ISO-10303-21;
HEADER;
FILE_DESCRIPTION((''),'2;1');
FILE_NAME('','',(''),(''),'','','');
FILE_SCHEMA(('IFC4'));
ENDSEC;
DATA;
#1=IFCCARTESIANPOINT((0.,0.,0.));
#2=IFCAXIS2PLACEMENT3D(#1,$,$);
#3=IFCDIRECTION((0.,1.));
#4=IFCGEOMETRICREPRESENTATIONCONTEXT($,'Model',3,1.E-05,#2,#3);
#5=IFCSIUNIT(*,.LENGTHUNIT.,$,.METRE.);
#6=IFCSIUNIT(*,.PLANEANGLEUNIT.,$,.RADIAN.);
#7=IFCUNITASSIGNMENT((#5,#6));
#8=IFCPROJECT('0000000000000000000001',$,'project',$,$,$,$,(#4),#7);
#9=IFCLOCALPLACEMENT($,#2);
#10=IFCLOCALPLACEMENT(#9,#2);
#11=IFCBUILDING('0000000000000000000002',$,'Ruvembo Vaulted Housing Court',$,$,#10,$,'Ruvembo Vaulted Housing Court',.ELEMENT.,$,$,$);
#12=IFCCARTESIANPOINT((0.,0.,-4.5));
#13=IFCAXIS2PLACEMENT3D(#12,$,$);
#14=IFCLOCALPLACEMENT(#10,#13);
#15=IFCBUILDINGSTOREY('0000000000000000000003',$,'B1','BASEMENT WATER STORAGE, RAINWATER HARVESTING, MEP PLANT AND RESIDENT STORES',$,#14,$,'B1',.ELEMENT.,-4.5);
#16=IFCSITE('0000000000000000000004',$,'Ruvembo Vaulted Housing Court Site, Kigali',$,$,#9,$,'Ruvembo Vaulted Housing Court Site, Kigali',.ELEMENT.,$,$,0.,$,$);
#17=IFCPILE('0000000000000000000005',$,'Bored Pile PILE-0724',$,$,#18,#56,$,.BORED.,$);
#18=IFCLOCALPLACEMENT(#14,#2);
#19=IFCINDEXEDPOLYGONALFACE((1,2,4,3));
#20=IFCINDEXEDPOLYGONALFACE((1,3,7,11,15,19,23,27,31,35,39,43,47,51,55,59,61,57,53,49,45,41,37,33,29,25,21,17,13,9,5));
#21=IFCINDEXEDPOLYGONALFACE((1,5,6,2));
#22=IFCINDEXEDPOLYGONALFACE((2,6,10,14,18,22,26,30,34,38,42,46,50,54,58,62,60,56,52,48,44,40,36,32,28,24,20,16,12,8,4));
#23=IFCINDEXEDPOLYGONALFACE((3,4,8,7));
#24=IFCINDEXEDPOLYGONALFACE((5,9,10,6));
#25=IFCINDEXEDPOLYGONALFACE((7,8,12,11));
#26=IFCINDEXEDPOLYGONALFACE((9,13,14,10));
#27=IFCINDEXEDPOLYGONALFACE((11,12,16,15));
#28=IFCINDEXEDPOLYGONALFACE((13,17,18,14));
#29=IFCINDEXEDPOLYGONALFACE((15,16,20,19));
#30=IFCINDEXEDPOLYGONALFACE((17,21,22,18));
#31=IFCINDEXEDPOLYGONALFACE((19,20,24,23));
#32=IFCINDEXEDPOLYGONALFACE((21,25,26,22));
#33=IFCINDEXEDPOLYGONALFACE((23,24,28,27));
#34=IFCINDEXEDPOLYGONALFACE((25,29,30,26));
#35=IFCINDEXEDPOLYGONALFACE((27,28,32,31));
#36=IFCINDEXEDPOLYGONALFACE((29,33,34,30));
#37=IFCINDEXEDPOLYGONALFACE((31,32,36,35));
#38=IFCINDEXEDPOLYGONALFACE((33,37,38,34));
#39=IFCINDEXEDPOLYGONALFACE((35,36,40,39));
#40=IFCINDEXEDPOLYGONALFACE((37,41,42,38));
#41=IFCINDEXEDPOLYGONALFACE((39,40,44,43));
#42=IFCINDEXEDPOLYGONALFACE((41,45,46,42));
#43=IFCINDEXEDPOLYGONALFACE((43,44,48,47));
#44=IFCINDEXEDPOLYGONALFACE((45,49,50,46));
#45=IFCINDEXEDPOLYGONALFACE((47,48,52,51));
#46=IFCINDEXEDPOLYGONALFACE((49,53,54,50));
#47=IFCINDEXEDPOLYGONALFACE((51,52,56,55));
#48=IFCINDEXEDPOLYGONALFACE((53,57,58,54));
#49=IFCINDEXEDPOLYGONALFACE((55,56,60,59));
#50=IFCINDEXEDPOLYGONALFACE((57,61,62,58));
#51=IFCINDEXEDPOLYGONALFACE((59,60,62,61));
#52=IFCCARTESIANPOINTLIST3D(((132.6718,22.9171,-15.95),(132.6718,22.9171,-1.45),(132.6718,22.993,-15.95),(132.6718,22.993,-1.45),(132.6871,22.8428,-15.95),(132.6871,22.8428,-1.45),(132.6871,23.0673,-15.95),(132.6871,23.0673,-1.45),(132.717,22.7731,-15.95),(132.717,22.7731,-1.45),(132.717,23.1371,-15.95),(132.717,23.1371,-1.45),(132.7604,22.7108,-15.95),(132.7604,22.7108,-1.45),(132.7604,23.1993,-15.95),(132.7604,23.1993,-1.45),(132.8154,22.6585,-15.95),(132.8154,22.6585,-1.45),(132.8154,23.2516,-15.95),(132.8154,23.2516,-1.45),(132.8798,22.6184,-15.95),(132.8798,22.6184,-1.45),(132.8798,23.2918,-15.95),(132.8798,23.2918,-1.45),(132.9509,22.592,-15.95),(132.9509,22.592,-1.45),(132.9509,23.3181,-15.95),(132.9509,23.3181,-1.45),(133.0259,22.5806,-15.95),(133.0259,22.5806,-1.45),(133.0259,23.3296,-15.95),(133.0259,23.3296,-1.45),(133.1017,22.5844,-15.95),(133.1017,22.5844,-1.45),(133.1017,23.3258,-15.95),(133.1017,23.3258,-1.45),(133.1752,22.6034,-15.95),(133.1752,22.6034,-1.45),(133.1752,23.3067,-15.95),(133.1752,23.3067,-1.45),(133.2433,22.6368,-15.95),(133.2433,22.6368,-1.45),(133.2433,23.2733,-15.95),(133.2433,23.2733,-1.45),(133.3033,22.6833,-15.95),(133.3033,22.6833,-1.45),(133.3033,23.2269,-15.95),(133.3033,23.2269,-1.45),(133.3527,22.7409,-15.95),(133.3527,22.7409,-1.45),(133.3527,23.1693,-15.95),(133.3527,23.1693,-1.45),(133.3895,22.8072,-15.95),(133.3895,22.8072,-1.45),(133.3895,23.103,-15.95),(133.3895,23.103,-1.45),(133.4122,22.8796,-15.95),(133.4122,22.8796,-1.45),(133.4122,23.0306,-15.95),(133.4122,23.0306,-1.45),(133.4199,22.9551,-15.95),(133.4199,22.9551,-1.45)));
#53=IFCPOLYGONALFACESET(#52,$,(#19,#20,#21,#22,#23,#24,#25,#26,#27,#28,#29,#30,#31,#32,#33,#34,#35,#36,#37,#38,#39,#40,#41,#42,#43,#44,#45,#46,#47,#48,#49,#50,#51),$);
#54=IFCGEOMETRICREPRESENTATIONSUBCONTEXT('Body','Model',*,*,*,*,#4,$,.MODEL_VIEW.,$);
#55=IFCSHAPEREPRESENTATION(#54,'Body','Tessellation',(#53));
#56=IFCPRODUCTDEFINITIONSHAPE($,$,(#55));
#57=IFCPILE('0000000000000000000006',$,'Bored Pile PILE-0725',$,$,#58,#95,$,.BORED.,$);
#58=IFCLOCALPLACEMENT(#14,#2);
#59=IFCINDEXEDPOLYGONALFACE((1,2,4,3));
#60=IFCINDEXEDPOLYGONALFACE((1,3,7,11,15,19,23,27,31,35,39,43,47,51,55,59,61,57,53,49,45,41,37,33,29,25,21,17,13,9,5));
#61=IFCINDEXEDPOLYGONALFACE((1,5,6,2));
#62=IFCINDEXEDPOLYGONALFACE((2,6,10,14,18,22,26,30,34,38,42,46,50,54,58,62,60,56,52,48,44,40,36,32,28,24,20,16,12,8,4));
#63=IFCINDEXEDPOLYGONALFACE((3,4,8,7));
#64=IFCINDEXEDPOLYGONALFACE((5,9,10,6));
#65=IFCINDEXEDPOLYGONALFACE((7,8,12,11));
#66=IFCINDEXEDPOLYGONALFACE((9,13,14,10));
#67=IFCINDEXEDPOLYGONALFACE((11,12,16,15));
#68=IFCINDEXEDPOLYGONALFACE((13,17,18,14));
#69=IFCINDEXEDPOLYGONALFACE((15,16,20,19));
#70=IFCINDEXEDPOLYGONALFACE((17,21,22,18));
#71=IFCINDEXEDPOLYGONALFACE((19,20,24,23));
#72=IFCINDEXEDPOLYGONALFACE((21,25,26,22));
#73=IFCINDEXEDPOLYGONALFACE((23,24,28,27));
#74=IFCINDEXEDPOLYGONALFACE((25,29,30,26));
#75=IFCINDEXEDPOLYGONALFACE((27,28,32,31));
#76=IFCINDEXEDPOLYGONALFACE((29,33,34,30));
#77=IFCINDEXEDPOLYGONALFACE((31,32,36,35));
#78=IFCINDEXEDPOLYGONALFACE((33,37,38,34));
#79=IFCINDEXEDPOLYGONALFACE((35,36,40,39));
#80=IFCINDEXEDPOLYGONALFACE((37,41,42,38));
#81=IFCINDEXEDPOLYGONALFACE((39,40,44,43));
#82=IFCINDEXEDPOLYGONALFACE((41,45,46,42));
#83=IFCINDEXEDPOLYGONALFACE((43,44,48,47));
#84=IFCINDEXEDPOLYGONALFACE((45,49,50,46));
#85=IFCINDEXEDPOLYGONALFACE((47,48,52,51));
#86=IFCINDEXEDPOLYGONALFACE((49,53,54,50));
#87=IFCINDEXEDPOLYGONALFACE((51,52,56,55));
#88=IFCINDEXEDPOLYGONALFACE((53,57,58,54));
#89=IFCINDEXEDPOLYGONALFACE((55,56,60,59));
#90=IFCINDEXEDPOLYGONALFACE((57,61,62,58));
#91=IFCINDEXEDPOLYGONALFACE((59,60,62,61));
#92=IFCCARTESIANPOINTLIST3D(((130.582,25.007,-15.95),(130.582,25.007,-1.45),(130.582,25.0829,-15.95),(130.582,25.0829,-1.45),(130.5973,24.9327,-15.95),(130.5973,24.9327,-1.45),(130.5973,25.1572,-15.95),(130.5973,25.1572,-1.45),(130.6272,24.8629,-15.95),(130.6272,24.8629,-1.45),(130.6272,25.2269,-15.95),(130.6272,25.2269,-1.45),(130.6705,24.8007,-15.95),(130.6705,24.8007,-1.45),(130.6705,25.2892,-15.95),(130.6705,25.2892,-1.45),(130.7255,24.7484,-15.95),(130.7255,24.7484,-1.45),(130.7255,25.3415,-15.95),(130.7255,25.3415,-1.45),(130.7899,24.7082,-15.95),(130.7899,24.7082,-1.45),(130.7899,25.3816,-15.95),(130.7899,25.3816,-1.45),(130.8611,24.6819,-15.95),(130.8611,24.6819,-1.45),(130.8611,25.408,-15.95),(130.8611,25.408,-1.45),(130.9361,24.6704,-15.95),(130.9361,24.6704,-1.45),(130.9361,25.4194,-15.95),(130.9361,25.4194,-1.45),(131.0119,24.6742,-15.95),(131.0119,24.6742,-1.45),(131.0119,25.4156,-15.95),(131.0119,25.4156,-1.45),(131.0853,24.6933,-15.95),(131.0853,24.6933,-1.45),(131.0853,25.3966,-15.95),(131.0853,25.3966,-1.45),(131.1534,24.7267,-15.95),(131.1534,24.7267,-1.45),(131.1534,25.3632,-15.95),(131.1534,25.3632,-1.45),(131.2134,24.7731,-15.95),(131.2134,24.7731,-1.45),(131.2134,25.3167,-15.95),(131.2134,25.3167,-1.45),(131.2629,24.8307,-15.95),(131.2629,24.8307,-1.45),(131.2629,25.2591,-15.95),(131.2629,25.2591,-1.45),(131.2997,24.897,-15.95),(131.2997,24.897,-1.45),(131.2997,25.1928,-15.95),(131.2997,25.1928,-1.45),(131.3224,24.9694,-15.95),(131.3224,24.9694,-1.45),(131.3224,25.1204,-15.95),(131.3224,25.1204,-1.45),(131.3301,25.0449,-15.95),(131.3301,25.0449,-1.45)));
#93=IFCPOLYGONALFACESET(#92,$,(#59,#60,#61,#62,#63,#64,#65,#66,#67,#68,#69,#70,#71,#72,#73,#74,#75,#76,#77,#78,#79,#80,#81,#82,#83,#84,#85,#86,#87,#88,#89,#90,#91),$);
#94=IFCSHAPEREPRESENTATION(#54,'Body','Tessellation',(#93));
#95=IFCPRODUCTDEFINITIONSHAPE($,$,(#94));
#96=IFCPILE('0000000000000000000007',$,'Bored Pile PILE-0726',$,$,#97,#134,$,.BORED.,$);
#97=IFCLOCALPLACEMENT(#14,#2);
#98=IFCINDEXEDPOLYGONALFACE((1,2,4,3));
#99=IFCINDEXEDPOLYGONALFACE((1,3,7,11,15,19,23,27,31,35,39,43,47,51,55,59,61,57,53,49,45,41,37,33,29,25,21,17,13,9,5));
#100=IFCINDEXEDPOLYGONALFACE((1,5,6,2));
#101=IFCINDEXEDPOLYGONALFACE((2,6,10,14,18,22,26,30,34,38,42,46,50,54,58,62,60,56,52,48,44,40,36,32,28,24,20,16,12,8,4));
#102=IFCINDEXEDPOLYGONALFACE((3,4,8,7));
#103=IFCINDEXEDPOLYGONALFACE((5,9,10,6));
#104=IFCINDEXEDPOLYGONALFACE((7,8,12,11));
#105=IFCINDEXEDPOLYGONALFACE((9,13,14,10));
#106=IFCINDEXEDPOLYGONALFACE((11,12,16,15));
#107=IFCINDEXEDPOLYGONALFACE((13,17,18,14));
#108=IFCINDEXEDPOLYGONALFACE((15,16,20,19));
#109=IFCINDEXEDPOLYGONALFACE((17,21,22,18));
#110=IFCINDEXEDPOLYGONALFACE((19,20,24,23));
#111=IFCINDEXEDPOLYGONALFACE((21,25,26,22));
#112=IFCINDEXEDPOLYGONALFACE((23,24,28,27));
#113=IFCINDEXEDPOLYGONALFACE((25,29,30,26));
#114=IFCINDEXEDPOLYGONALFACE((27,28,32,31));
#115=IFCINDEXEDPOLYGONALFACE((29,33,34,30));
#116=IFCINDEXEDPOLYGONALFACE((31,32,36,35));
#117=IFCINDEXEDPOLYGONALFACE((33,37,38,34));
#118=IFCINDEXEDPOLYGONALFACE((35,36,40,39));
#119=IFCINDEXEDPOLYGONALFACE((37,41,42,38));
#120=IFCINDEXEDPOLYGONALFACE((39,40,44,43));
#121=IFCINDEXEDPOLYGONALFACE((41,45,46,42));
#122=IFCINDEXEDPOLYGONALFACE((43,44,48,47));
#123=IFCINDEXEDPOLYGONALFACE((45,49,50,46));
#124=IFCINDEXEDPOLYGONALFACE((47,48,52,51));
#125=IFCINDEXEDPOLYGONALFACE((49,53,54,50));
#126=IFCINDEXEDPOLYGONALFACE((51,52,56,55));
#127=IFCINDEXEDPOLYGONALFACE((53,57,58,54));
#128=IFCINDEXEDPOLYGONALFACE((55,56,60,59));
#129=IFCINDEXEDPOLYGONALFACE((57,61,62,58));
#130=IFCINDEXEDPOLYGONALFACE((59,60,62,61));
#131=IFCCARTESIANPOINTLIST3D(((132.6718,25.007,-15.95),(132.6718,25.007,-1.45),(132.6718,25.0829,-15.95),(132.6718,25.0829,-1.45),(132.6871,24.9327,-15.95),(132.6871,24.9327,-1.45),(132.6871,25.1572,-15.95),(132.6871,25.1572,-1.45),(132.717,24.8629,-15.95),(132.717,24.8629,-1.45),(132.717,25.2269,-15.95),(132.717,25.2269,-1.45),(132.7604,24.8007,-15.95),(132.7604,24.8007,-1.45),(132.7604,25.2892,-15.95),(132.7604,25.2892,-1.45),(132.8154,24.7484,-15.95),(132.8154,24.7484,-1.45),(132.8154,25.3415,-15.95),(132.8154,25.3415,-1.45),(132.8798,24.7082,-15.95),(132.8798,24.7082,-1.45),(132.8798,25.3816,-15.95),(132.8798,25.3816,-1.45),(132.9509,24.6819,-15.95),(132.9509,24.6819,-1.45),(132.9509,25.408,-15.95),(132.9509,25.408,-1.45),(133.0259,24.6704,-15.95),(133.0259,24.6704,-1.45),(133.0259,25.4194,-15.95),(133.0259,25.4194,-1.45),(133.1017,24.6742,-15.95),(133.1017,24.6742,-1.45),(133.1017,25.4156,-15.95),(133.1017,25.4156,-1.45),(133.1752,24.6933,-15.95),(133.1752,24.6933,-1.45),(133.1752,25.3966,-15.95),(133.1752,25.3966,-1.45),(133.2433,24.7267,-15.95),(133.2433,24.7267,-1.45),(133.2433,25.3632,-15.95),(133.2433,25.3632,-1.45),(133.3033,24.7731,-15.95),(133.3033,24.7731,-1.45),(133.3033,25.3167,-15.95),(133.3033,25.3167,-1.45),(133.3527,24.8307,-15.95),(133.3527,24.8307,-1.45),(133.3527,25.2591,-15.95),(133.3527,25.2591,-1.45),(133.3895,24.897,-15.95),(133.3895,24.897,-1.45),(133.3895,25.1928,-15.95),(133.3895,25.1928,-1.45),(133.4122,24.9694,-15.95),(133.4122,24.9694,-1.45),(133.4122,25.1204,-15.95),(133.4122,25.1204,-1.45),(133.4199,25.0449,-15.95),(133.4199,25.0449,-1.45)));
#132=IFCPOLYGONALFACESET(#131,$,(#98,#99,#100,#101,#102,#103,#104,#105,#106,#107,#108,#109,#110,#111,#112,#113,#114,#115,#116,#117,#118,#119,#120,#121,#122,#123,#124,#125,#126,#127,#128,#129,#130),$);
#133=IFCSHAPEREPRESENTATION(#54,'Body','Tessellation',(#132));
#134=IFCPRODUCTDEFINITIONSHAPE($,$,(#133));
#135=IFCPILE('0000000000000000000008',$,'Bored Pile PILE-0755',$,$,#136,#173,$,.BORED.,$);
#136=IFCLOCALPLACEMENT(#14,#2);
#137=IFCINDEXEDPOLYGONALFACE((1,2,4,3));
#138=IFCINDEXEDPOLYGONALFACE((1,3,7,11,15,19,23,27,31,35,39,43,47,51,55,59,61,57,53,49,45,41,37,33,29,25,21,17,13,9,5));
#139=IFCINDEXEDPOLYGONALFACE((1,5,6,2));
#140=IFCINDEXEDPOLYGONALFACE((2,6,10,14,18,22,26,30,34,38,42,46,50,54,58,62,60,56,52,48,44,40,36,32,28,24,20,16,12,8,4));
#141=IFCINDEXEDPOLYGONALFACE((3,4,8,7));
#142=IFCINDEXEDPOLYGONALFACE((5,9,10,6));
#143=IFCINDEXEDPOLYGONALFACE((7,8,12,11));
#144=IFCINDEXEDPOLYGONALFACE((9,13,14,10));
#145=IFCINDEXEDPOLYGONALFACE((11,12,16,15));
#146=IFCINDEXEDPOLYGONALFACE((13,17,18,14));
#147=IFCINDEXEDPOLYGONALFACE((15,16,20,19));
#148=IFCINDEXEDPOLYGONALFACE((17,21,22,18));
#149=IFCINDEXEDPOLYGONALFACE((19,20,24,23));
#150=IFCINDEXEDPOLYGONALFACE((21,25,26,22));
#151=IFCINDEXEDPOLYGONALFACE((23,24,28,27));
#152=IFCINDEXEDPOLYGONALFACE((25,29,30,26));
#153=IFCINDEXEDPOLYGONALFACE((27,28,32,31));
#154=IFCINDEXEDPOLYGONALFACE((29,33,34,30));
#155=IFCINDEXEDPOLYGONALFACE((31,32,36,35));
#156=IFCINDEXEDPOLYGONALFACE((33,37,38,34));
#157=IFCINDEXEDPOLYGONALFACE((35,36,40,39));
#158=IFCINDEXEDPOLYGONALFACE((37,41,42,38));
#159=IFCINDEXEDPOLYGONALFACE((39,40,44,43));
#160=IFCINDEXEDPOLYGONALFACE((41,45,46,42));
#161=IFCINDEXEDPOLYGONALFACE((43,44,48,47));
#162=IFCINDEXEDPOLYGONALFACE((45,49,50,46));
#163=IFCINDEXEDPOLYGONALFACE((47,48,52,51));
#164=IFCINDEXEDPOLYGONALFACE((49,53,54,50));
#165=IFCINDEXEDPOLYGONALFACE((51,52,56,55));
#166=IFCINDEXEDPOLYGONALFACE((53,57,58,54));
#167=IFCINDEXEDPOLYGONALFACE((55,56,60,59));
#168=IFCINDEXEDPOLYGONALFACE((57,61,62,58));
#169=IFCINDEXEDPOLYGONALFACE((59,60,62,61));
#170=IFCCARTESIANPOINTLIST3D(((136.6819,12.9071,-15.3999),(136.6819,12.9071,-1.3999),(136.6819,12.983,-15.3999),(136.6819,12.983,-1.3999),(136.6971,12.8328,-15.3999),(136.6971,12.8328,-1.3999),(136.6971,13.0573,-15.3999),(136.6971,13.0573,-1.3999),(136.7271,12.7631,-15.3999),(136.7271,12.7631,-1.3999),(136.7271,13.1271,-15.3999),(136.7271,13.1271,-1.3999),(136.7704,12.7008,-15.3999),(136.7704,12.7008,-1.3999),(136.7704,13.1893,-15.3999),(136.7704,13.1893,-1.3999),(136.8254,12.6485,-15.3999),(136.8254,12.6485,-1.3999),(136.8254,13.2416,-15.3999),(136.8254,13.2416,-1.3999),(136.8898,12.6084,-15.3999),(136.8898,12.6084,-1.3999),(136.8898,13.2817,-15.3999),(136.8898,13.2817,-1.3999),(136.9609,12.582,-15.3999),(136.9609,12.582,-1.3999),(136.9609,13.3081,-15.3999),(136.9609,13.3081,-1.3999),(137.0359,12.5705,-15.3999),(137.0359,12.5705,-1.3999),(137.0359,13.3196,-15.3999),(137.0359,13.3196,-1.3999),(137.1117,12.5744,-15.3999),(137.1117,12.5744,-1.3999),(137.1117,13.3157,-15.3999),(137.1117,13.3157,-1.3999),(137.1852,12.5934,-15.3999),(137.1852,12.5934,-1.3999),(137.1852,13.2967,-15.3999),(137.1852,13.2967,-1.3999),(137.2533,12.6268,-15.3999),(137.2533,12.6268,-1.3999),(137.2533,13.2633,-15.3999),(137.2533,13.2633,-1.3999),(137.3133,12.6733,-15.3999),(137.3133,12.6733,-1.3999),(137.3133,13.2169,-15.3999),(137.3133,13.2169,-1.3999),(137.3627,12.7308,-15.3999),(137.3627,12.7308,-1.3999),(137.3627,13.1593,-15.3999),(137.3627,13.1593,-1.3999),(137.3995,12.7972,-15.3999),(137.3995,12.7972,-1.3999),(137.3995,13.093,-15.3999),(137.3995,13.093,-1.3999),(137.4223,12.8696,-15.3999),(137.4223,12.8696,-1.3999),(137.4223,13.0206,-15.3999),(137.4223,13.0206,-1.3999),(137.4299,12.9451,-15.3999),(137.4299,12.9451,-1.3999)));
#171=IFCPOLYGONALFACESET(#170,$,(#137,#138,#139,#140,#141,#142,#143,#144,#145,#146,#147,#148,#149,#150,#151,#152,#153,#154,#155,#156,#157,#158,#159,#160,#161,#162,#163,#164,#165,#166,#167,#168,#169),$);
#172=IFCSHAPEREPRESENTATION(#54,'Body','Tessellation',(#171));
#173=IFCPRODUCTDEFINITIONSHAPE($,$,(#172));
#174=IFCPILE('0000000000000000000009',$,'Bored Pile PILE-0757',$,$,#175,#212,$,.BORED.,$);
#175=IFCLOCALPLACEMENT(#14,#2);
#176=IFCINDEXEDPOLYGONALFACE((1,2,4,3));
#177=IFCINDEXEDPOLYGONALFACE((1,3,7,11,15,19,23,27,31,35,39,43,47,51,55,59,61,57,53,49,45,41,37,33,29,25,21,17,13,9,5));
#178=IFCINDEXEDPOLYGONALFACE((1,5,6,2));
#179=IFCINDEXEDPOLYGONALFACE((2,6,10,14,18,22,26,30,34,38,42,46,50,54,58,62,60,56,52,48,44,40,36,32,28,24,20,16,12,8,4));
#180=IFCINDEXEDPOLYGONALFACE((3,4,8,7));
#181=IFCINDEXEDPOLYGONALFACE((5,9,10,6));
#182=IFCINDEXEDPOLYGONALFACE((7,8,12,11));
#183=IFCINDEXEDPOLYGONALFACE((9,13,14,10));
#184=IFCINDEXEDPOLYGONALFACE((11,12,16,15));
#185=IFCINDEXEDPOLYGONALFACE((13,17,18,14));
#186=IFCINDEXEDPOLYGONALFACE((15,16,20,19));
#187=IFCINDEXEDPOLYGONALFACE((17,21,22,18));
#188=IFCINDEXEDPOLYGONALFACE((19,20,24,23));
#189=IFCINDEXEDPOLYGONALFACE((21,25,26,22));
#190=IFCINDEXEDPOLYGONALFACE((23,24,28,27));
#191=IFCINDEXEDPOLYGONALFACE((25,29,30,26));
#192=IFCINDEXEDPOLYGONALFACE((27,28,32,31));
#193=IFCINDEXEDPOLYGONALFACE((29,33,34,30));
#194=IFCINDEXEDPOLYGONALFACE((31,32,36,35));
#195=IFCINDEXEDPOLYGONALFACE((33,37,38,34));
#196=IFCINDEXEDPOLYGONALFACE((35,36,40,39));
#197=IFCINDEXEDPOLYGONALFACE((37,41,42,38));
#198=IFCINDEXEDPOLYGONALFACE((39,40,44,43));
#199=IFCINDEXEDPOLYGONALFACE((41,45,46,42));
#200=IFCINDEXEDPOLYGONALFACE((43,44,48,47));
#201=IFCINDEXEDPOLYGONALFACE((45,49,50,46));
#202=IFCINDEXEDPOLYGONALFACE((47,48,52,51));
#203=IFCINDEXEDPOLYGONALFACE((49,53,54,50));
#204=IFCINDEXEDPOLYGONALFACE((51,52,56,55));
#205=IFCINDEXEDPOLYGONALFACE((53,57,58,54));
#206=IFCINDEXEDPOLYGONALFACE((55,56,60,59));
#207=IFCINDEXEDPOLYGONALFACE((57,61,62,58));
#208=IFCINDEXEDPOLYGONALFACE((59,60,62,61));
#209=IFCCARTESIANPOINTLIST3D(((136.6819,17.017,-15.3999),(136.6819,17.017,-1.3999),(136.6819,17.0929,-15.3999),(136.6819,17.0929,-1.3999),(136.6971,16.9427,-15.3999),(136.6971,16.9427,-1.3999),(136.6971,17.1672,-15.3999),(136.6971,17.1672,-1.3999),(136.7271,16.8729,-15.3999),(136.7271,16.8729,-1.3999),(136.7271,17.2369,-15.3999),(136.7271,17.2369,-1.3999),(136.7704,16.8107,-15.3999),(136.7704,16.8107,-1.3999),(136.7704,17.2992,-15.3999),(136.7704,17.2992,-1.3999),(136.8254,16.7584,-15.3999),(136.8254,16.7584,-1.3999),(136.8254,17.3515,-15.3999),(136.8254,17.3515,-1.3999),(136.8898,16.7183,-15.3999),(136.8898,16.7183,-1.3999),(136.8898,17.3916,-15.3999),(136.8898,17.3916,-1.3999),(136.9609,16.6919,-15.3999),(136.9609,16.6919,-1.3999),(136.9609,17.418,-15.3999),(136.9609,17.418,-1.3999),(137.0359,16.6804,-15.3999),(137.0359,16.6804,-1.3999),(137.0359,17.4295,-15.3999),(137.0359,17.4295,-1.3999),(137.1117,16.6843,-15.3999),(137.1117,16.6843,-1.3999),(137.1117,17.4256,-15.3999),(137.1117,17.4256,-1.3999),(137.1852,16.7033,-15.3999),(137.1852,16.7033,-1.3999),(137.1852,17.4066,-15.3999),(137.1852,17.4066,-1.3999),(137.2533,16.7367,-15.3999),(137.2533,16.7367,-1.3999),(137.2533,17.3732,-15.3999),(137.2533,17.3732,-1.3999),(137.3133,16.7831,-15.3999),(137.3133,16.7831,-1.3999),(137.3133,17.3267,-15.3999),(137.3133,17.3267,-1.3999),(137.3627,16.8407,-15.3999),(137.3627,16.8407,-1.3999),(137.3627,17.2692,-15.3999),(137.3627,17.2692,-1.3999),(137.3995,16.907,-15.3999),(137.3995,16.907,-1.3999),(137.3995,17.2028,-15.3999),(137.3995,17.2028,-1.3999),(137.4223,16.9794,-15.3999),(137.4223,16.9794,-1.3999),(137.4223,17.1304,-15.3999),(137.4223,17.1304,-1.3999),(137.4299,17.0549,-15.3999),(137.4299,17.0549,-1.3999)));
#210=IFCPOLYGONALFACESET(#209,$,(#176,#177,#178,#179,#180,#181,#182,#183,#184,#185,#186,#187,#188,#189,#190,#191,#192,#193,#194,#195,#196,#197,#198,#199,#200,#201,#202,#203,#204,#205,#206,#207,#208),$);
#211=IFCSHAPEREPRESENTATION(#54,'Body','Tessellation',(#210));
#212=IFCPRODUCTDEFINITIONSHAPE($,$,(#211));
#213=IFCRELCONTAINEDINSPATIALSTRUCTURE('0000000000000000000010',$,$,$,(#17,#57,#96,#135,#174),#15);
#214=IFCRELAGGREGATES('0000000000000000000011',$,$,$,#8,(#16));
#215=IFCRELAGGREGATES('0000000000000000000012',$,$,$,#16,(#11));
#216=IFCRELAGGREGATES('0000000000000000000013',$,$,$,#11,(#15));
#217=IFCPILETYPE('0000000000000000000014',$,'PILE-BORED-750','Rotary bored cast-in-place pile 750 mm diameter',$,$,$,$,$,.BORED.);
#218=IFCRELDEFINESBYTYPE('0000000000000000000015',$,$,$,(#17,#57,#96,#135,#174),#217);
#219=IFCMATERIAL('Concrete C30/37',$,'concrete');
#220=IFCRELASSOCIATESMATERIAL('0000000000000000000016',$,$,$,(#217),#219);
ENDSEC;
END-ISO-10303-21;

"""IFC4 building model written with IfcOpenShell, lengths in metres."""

from ifc_helpers import new_model, si_unit, direction, frame, origin, origin_2d, place, context, subcontext, project, spatial, circle, extrude, material, material_profile, profile_set, type_object, element, save


model = new_model("IFC4")

# Units and contexts
model_context = context("Model", 3, precision=1e-05, world=origin(), true_north=direction((0.0, 1.0)))
body_context = subcontext(model_context, "Body", "Model", "MODEL_VIEW")
ifc_project = project(units=[si_unit("LENGTHUNIT", "METRE"), si_unit("PLANEANGLEUNIT", "RADIAN")], contexts=[model_context])

# Site, building, storey
site_placement = place(None, origin())
site = spatial("IfcSite", under=ifc_project, at=site_placement, Name="Ruvembo Vaulted Housing Court Site, Kigali", LongName="Ruvembo Vaulted Housing Court Site, Kigali", CompositionType="ELEMENT", RefElevation=0.0)
building_placement = place(site_placement, origin())
building = spatial("IfcBuilding", under=site, at=building_placement, Name="Ruvembo Vaulted Housing Court", LongName="Ruvembo Vaulted Housing Court", CompositionType="ELEMENT")
storey_placement = place(building_placement, frame((0.0, 0.0, -4.5)))
storey = spatial("IfcBuildingStorey", under=building, at=storey_placement, Name="B1", Description="BASEMENT WATER STORAGE, RAINWATER HARVESTING, MEP PLANT AND RESIDENT STORES", LongName="B1", CompositionType="ELEMENT", Elevation=-4.5)

# Piles
ifc_material_1 = material(Name="Concrete C30/37", Category="concrete")
ifc_material_profile_1 = material_profile(ifc_material_1, circle(Radius=0.375, at=origin_2d()), Name="PILE D750")
ifc_profile_set_1 = profile_set([ifc_material_profile_1], Name="Concrete C30/37")
pile_type_1 = type_object("IfcPileType", Name="PILE-BORED-750", Description="Rotary bored cast-in-place pile 750 mm diameter", PredefinedType="BORED", material=ifc_profile_set_1)
for number, where, z_axis, x_axis, name in (
    (1, (133.0449, 22.9551, -1.45), (0.0, 0.0, -1.0), (1.0, 0.0, 0.0), "Bored Pile PILE-0724"),
    (2, (130.9551, 25.0449, -1.45), (0.0, 0.0, -1.0), (1.0, 0.0, 0.0), "Bored Pile PILE-0725"),
    (3, (133.0449, 25.0449, -1.45), (0.0, 0.0, -1.0), (1.0, 0.0, 0.0), "Bored Pile PILE-0726"),
):
    element("IfcPile", number, at=place(storey_placement, frame(where, z_axis=z_axis, x_axis=x_axis)), inside=storey, type_object=pile_type_1, Name=name, PredefinedType="BORED", context=body_context, shape_type="SweptSolid", body=[
        extrude(circle(Radius=0.375, at=origin_2d()), origin(), (0.0, 0.0, 1.0), 14.5),
    ])
for number, where, z_axis, x_axis, name in (
    (4, (137.0549, 12.9451, -1.3999), (0.0, 0.0, -1.0), (1.0, 0.0, 0.0), "Bored Pile PILE-0755"),
    (5, (137.0549, 17.0549, -1.3999), (0.0, 0.0, -1.0), (1.0, 0.0, 0.0), "Bored Pile PILE-0757"),
):
    element("IfcPile", number, at=place(storey_placement, frame(where, z_axis=z_axis, x_axis=x_axis)), inside=storey, type_object=pile_type_1, Name=name, PredefinedType="BORED", context=body_context, shape_type="SweptSolid", body=[
        extrude(circle(Radius=0.375, at=origin_2d()), origin(), (0.0, 0.0, 1.0), 14.0),
    ])

save(model, "model.ifc")
